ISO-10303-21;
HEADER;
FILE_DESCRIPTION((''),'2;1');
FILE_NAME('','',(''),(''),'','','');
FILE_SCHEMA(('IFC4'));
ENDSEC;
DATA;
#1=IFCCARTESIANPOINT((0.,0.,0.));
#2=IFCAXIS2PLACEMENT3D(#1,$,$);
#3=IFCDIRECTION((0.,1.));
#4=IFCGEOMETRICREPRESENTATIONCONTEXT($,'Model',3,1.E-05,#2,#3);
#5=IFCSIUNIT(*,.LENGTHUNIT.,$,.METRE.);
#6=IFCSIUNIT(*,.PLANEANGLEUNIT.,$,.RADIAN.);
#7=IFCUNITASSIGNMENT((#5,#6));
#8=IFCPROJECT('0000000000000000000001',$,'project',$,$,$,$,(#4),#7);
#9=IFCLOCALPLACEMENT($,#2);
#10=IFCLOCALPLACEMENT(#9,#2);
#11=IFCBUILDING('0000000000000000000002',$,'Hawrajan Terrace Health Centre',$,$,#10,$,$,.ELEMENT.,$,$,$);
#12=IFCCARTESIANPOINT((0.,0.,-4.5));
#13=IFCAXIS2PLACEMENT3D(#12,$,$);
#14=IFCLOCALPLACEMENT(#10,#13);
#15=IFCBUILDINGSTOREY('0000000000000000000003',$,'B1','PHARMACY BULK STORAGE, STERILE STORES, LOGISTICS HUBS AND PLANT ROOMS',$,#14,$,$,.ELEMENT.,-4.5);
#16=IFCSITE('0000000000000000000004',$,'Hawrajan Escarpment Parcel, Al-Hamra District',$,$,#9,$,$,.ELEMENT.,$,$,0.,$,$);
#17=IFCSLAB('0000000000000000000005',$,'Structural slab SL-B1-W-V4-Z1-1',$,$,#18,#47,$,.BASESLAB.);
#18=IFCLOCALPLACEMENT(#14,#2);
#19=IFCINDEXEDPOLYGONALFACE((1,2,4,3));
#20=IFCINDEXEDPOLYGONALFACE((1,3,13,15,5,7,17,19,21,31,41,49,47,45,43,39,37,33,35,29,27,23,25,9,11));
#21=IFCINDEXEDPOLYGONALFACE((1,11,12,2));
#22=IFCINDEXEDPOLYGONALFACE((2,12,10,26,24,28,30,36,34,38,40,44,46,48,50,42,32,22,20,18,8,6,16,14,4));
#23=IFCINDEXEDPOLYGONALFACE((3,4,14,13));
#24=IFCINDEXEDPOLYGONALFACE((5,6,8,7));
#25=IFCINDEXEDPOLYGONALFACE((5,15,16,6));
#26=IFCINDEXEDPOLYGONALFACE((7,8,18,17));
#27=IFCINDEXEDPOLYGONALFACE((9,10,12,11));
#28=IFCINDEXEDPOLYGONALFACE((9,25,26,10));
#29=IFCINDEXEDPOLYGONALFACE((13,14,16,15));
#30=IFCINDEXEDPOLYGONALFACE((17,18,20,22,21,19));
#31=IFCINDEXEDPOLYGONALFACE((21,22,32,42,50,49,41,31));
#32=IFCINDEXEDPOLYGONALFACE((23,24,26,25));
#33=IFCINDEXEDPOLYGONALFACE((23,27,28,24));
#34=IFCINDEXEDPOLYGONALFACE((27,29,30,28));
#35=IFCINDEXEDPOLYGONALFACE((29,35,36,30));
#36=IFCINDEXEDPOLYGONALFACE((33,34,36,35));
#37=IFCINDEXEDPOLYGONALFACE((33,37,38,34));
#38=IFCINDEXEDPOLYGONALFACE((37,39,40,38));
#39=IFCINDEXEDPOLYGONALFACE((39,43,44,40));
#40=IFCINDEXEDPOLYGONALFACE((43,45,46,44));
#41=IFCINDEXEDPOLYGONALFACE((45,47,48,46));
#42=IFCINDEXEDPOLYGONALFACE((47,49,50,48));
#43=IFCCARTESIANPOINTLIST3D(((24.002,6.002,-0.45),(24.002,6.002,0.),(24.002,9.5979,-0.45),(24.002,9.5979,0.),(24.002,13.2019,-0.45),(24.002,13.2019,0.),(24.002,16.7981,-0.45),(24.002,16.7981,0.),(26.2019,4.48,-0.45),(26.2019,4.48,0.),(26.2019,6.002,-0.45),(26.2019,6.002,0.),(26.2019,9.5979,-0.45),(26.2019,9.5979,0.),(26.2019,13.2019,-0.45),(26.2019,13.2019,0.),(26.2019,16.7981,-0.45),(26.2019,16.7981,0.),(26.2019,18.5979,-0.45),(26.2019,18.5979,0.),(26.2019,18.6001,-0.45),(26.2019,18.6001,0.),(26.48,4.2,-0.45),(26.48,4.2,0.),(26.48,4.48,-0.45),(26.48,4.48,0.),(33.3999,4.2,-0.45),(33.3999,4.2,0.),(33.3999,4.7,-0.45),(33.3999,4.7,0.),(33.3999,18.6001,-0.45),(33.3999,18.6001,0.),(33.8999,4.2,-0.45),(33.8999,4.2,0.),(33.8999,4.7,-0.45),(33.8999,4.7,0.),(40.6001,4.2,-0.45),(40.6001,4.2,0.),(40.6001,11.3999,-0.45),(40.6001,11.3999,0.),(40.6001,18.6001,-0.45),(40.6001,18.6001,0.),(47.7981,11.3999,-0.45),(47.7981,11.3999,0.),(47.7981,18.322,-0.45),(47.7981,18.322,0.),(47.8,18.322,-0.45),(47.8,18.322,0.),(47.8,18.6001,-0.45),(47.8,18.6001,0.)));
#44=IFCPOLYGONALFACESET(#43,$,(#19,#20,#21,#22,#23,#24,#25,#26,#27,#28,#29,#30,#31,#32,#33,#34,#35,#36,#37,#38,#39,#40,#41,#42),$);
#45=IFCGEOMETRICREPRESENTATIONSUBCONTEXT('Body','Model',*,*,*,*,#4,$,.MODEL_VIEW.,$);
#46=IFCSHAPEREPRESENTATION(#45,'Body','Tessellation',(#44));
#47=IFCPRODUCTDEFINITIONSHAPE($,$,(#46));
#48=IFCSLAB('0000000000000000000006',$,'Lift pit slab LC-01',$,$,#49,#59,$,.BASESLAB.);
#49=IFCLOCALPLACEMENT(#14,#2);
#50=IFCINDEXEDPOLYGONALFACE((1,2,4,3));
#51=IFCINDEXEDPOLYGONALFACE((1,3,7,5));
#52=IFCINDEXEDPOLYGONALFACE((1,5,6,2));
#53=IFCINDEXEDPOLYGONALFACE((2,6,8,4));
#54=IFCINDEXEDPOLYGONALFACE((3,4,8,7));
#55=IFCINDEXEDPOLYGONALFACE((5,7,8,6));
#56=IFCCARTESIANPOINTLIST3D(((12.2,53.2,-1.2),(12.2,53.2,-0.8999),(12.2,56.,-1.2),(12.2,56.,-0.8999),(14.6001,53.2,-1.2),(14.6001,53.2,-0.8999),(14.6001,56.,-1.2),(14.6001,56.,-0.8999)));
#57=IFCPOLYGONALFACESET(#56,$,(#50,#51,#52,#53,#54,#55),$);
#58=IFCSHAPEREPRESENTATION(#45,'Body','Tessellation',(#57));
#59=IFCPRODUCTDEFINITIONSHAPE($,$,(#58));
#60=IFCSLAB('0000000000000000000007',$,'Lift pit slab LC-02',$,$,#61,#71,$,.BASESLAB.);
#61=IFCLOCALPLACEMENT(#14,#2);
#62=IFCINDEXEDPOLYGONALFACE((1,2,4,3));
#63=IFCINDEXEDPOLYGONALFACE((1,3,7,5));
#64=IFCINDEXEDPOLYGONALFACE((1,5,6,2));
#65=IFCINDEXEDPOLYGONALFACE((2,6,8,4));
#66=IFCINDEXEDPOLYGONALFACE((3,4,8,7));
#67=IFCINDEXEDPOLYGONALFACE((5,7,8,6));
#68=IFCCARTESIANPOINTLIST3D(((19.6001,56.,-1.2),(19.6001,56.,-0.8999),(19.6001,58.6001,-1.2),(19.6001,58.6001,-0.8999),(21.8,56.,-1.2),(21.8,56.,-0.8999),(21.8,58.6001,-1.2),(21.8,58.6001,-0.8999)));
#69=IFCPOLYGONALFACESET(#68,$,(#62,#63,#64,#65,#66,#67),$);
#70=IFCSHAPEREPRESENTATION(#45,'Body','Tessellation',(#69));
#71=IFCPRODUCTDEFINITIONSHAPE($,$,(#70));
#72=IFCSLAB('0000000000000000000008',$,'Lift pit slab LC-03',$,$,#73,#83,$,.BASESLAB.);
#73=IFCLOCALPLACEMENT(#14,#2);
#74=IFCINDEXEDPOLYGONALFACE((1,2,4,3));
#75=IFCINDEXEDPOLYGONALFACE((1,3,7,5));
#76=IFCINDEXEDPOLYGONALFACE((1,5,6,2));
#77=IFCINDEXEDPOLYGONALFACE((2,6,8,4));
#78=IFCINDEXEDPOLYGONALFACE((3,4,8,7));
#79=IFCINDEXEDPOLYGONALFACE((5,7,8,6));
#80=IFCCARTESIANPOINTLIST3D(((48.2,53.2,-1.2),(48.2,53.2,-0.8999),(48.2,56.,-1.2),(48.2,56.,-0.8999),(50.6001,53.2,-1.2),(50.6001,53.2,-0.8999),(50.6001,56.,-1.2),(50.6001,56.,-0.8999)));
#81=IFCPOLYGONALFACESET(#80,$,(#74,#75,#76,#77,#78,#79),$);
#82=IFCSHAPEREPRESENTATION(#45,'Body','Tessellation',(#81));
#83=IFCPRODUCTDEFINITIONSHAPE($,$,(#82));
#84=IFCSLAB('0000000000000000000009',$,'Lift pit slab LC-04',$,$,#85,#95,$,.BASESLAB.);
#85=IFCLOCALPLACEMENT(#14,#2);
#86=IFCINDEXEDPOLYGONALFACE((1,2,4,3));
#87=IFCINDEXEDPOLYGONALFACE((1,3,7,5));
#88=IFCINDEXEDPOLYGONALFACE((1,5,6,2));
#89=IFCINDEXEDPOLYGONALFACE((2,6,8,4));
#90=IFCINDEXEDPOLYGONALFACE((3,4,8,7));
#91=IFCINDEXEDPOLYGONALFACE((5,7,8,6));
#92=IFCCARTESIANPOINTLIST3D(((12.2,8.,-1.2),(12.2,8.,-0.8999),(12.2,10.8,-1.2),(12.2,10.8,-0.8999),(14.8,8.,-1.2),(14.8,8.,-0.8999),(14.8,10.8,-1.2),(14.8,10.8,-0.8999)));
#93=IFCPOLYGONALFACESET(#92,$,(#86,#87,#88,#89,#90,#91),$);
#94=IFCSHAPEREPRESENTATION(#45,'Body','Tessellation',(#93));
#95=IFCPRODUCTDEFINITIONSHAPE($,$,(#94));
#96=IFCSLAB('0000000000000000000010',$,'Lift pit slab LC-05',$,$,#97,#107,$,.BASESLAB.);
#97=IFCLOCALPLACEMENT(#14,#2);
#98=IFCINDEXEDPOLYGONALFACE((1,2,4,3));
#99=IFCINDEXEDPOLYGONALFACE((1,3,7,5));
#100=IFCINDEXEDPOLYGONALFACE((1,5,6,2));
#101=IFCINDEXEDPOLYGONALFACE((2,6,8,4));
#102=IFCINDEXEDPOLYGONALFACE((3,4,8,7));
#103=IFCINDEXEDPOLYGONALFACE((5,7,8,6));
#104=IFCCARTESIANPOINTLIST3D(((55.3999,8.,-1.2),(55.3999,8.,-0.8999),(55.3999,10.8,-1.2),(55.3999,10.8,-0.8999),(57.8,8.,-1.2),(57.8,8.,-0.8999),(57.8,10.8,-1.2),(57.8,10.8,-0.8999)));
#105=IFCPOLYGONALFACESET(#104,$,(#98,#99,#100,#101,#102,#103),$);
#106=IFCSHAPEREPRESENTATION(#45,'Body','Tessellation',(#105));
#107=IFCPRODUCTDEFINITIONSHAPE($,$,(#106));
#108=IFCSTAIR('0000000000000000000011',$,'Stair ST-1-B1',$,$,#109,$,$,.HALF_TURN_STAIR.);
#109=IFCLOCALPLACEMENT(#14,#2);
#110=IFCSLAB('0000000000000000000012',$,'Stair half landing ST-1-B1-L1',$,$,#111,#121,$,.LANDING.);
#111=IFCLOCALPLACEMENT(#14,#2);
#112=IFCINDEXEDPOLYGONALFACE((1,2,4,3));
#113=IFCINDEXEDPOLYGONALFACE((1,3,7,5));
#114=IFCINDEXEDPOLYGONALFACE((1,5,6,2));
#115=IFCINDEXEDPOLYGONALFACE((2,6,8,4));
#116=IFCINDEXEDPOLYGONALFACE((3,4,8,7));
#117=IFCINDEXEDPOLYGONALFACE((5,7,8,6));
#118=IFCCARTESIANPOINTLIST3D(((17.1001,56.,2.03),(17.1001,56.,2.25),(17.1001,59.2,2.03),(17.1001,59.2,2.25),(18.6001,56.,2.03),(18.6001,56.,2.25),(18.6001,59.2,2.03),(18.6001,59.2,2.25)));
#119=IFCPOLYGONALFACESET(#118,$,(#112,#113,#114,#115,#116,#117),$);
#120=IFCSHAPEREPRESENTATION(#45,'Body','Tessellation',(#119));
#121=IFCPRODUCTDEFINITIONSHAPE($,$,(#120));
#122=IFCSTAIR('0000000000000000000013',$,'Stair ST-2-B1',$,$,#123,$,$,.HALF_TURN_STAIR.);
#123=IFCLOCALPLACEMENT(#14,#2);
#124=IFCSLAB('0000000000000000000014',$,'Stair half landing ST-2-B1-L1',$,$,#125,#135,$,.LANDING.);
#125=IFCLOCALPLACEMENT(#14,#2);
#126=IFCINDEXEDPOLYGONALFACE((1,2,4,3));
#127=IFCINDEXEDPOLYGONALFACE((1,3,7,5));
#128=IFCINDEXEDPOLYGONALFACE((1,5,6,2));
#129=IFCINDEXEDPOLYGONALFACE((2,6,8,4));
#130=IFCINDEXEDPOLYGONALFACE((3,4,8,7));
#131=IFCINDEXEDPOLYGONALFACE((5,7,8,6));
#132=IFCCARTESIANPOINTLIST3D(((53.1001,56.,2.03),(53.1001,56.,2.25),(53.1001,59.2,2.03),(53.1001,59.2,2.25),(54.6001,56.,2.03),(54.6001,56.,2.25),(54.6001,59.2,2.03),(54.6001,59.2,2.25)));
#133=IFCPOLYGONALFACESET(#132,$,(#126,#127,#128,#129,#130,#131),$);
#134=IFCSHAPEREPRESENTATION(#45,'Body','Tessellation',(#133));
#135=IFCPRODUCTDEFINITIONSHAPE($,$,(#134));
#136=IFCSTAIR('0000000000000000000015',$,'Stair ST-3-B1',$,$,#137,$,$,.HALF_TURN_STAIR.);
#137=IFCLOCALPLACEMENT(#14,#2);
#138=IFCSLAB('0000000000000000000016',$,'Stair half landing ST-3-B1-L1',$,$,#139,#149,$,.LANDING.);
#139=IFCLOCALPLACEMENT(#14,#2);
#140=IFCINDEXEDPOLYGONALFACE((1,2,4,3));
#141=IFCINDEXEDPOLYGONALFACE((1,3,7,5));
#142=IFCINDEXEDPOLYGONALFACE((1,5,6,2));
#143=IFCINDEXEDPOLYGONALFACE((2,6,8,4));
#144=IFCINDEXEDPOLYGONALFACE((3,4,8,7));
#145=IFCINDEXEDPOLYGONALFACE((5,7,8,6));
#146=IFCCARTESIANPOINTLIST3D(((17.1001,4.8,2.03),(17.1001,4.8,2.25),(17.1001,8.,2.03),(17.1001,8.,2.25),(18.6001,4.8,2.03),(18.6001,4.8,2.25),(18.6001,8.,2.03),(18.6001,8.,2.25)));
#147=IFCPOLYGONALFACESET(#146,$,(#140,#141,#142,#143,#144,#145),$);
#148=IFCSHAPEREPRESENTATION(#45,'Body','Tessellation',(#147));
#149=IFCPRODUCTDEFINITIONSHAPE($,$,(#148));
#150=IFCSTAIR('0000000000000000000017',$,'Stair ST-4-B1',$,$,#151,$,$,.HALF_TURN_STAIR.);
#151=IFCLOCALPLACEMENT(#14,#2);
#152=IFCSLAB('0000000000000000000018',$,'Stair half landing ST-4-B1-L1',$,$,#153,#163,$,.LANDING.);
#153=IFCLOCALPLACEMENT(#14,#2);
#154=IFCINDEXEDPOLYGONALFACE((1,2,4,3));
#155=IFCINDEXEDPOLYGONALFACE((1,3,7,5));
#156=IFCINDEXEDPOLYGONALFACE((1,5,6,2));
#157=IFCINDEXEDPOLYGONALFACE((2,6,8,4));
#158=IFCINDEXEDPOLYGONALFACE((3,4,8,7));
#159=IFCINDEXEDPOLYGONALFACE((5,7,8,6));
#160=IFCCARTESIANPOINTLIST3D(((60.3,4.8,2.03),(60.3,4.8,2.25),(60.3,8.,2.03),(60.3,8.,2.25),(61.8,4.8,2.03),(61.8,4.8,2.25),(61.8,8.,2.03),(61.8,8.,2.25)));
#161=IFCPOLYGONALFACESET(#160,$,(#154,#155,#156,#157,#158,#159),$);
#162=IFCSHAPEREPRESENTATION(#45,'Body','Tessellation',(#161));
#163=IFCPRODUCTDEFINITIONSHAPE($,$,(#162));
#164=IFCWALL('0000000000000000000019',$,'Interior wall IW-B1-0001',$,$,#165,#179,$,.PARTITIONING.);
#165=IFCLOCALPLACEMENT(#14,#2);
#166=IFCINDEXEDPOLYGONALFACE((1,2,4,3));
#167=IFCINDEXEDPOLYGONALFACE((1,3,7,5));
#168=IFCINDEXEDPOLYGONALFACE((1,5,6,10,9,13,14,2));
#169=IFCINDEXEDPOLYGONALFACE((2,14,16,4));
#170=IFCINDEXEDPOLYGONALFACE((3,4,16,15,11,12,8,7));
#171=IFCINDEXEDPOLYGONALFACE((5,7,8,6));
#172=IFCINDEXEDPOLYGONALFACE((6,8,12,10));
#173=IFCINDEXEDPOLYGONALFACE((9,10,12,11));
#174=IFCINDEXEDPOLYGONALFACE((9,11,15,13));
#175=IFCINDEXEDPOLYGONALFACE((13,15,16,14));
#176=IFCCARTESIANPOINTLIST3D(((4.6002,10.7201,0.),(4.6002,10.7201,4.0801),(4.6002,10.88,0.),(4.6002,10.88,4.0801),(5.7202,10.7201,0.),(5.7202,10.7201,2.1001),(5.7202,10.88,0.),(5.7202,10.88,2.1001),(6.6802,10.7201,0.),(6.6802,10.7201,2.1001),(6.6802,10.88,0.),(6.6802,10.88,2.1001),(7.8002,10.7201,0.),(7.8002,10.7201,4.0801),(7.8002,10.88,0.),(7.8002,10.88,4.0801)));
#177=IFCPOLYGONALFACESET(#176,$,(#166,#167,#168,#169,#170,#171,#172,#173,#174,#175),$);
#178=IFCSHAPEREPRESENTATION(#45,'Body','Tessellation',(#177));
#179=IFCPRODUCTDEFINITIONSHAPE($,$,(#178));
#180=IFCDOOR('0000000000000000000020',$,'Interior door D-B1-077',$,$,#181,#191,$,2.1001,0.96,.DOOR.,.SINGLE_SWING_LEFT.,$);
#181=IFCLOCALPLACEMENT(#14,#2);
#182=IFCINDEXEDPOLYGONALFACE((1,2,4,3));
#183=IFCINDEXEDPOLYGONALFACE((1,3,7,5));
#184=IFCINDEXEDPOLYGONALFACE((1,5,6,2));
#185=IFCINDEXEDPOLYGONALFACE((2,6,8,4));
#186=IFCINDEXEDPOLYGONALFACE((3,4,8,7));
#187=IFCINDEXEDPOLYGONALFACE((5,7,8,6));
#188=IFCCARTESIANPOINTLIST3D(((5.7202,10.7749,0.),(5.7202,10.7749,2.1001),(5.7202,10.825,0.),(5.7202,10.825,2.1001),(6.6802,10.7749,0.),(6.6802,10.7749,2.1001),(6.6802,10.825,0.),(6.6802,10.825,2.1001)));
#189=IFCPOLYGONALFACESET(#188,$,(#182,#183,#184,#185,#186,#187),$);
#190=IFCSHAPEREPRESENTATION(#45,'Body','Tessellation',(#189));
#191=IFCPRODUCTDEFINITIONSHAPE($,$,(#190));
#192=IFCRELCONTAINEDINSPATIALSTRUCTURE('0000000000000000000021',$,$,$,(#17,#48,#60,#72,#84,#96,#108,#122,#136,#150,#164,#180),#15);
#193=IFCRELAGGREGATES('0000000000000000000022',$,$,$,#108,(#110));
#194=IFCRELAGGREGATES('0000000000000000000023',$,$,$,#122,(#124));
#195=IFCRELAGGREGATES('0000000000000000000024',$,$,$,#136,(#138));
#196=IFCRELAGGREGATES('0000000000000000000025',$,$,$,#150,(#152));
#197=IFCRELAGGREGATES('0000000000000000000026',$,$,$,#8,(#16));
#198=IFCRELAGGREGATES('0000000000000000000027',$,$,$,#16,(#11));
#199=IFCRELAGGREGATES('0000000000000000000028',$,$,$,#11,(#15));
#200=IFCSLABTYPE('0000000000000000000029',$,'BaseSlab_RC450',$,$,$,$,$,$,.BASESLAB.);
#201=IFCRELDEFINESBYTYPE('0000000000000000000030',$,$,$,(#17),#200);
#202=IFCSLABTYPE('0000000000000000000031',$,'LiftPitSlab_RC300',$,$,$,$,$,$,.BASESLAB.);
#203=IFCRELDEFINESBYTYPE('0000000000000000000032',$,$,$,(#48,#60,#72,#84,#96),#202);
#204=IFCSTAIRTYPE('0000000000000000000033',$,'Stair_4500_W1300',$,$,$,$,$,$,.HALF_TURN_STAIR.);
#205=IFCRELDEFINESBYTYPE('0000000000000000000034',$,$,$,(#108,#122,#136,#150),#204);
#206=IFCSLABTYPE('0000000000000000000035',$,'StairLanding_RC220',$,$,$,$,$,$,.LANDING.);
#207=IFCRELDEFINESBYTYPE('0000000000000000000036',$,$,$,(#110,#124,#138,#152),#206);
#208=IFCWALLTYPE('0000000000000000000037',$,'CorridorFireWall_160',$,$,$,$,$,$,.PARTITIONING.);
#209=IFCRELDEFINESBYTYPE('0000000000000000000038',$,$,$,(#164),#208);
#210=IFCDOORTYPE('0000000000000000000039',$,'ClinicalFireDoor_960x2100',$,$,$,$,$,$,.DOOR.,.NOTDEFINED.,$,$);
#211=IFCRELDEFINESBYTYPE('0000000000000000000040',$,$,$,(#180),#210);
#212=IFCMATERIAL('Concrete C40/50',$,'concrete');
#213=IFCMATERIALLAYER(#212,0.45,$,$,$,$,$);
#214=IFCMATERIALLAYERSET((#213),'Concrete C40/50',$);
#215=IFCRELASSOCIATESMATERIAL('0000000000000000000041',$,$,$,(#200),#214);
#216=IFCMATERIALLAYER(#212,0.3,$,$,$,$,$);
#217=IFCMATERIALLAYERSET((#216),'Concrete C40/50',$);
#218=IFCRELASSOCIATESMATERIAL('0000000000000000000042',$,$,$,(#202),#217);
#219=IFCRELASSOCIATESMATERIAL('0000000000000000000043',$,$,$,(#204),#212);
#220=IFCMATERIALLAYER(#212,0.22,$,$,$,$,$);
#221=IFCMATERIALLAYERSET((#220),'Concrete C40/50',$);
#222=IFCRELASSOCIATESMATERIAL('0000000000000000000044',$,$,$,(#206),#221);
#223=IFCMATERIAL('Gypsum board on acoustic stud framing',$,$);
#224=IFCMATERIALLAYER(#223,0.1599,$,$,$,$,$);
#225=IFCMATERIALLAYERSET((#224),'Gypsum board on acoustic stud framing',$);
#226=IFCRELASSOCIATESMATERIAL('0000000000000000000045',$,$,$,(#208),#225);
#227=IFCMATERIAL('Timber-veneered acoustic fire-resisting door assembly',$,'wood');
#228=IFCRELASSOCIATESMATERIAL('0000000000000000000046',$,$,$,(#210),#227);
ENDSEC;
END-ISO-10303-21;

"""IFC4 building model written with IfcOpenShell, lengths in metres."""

from ifc_helpers import new_model, si_unit, direction, frame, frame_2d, origin, place, context, subcontext, project, spatial, polyline, rectangle, outline, extrude, material, layer, layer_set, type_object, element, fill, aggregate, save


model = new_model("IFC4")

# Units and contexts
model_context = context("Model", 3, precision=1e-05, world=origin(), true_north=direction((0.0, 1.0)))
body_context = subcontext(model_context, "Body", "Model", "MODEL_VIEW")
ifc_project = project(units=[si_unit("LENGTHUNIT", "METRE"), si_unit("PLANEANGLEUNIT", "RADIAN")], contexts=[model_context])

# Site, building, storey
site_placement = place(None, origin())
site = spatial("IfcSite", under=ifc_project, at=site_placement, Name="Hawrajan Escarpment Parcel, Al-Hamra District", CompositionType="ELEMENT", RefElevation=0.0)
building_placement = place(site_placement, origin())
building = spatial("IfcBuilding", under=site, at=building_placement, Name="Hawrajan Terrace Health Centre", CompositionType="ELEMENT")
storey_placement = place(building_placement, frame((0.0, 0.0, -4.5)))
storey = spatial("IfcBuildingStorey", under=building, at=storey_placement, Name="B1", Description="PHARMACY BULK STORAGE, STERILE STORES, LOGISTICS HUBS AND PLANT ROOMS", CompositionType="ELEMENT", Elevation=-4.5)

# Shared definitions
ifc_material_1 = material(Name="Concrete C40/50", Category="concrete")

# Slabs
ifc_layer_1 = layer(ifc_material_1, 0.45)
ifc_layer_set_1 = layer_set([ifc_layer_1], Name="Concrete C40/50")
slab_type_1 = type_object("IfcSlabType", Name="BaseSlab_RC450", PredefinedType="BASESLAB", material=ifc_layer_set_1)
slab_1_placement = place(storey_placement, frame((0.0, 0.0, -0.45)))
element("IfcSlab", 1, at=slab_1_placement, inside=storey, type_object=slab_type_1, Name="Structural slab SL-B1-W-V4-Z1-1", PredefinedType="BASESLAB", context=body_context, shape_type="SweptSolid", body=[
    extrude(outline(polyline([(33.3999, 18.6001), (40.6001, 18.6001), (47.8, 18.6001), (47.8, 18.322), (47.7981, 18.322), (47.7981, 11.3999), (40.6001, 11.3999), (40.6001, 4.2), (33.8999, 4.2), (33.8999, 4.7), (33.3999, 4.7), (33.3999, 4.2), (26.48, 4.2), (26.48, 4.48), (26.2019, 4.48), (26.2019, 6.002), (24.002, 6.002), (24.002, 9.5979), (26.2019, 9.5979), (26.2019, 13.2019), (24.002, 13.2019), (24.002, 16.7981), (26.2019, 16.7981), (26.2019, 18.5979), (26.2019, 18.6001), (33.3999, 18.6001)])), origin(), (0.0, 0.0, 1.0), 0.45),
])
ifc_layer_2 = layer(ifc_material_1, 0.3)
ifc_layer_set_2 = layer_set([ifc_layer_2], Name="Concrete C40/50")
slab_type_2 = type_object("IfcSlabType", Name="LiftPitSlab_RC300", PredefinedType="BASESLAB", material=ifc_layer_set_2)
slab_2_placement = place(storey_placement, frame((0.0, 0.0, -1.2)))
element("IfcSlab", 2, at=slab_2_placement, inside=storey, type_object=slab_type_2, Name="Lift pit slab LC-01", PredefinedType="BASESLAB", context=body_context, shape_type="SweptSolid", body=[
    extrude(outline(polyline([(12.2, 53.2), (14.6001, 53.2), (14.6001, 56.0), (12.2, 56.0), (12.2, 53.2)])), origin(), (0.0, 0.0, 1.0), 0.3),
])
slab_3_placement = place(storey_placement, frame((0.0, 0.0, -1.2)))
element("IfcSlab", 3, at=slab_3_placement, inside=storey, type_object=slab_type_2, Name="Lift pit slab LC-02", PredefinedType="BASESLAB", context=body_context, shape_type="SweptSolid", body=[
    extrude(outline(polyline([(19.6001, 56.0), (21.8, 56.0), (21.8, 58.6001), (19.6001, 58.6001), (19.6001, 56.0)])), origin(), (0.0, 0.0, 1.0), 0.3),
])
slab_4_placement = place(storey_placement, frame((0.0, 0.0, -1.2)))
element("IfcSlab", 4, at=slab_4_placement, inside=storey, type_object=slab_type_2, Name="Lift pit slab LC-03", PredefinedType="BASESLAB", context=body_context, shape_type="SweptSolid", body=[
    extrude(outline(polyline([(48.2, 53.2), (50.6001, 53.2), (50.6001, 56.0), (48.2, 56.0), (48.2, 53.2)])), origin(), (0.0, 0.0, 1.0), 0.3),
])
slab_5_placement = place(storey_placement, frame((0.0, 0.0, -1.2)))
element("IfcSlab", 5, at=slab_5_placement, inside=storey, type_object=slab_type_2, Name="Lift pit slab LC-04", PredefinedType="BASESLAB", context=body_context, shape_type="SweptSolid", body=[
    extrude(outline(polyline([(12.2, 8.0), (14.8, 8.0), (14.8, 10.8), (12.2, 10.8), (12.2, 8.0)])), origin(), (0.0, 0.0, 1.0), 0.3),
])
slab_6_placement = place(storey_placement, frame((0.0, 0.0, -1.2)))
element("IfcSlab", 6, at=slab_6_placement, inside=storey, type_object=slab_type_2, Name="Lift pit slab LC-05", PredefinedType="BASESLAB", context=body_context, shape_type="SweptSolid", body=[
    extrude(outline(polyline([(55.3999, 8.0), (57.8, 8.0), (57.8, 10.8), (55.3999, 10.8), (55.3999, 8.0)])), origin(), (0.0, 0.0, 1.0), 0.3),
])

# Stairs, slabs
stair_type = type_object("IfcStairType", Name="Stair_4500_W1300", PredefinedType="HALF_TURN_STAIR", material=ifc_material_1)
stair_1_placement = place(storey_placement, origin())
stair_1 = element("IfcStair", 7, at=stair_1_placement, inside=storey, type_object=stair_type, Name="Stair ST-1-B1", PredefinedType="HALF_TURN_STAIR")
ifc_layer_3 = layer(ifc_material_1, 0.22)
ifc_layer_set_3 = layer_set([ifc_layer_3], Name="Concrete C40/50")
slab_type_3 = type_object("IfcSlabType", Name="StairLanding_RC220", PredefinedType="LANDING", material=ifc_layer_set_3)
slab_7_placement = place(storey_placement, frame((0.0, 0.0, 2.03)))
slab_7 = element("IfcSlab", 8, at=slab_7_placement, type_object=slab_type_3, Name="Stair half landing ST-1-B1-L1", PredefinedType="LANDING", context=body_context, shape_type="SweptSolid", body=[
    extrude(outline(polyline([(17.1001, 56.0), (18.6001, 56.0), (18.6001, 59.2), (17.1001, 59.2), (17.1001, 56.0)])), origin(), (0.0, 0.0, 1.0), 0.22),
])
aggregate(stair_1, [slab_7])
stair_2_placement = place(storey_placement, origin())
stair_2 = element("IfcStair", 9, at=stair_2_placement, inside=storey, type_object=stair_type, Name="Stair ST-2-B1", PredefinedType="HALF_TURN_STAIR")
slab_8_placement = place(storey_placement, frame((0.0, 0.0, 2.03)))
slab_8 = element("IfcSlab", 10, at=slab_8_placement, type_object=slab_type_3, Name="Stair half landing ST-2-B1-L1", PredefinedType="LANDING", context=body_context, shape_type="SweptSolid", body=[
    extrude(outline(polyline([(53.1001, 56.0), (54.6001, 56.0), (54.6001, 59.2), (53.1001, 59.2), (53.1001, 56.0)])), origin(), (0.0, 0.0, 1.0), 0.22),
])
aggregate(stair_2, [slab_8])
stair_3_placement = place(storey_placement, origin())
stair_3 = element("IfcStair", 11, at=stair_3_placement, inside=storey, type_object=stair_type, Name="Stair ST-3-B1", PredefinedType="HALF_TURN_STAIR")
slab_9_placement = place(storey_placement, frame((0.0, 0.0, 2.03)))
slab_9 = element("IfcSlab", 12, at=slab_9_placement, type_object=slab_type_3, Name="Stair half landing ST-3-B1-L1", PredefinedType="LANDING", context=body_context, shape_type="SweptSolid", body=[
    extrude(outline(polyline([(17.1001, 4.8), (18.6001, 4.8), (18.6001, 8.0), (17.1001, 8.0), (17.1001, 4.8)])), origin(), (0.0, 0.0, 1.0), 0.22),
])
aggregate(stair_3, [slab_9])
stair_4_placement = place(storey_placement, origin())
stair_4 = element("IfcStair", 13, at=stair_4_placement, inside=storey, type_object=stair_type, Name="Stair ST-4-B1", PredefinedType="HALF_TURN_STAIR")
slab_10_placement = place(storey_placement, frame((0.0, 0.0, 2.03)))
slab_10 = element("IfcSlab", 14, at=slab_10_placement, type_object=slab_type_3, Name="Stair half landing ST-4-B1-L1", PredefinedType="LANDING", context=body_context, shape_type="SweptSolid", body=[
    extrude(outline(polyline([(60.3, 4.8), (61.8, 4.8), (61.8, 8.0), (60.3, 8.0), (60.3, 4.8)])), origin(), (0.0, 0.0, 1.0), 0.22),
])
aggregate(stair_4, [slab_10])

# Wall, opening, door
ifc_material_2 = material(Name="Gypsum board on acoustic stud framing")
ifc_layer_4 = layer(ifc_material_2, 0.1599)
ifc_layer_set_4 = layer_set([ifc_layer_4], Name="Gypsum board on acoustic stud framing")
wall_type_1 = type_object("IfcWallType", Name="CorridorFireWall_160", PredefinedType="PARTITIONING", material=ifc_layer_set_4)
wall_1_placement = place(storey_placement, frame((4.6001, 10.8, 0.0), z_axis=(0.0, 0.0, 1.0), x_axis=(1.0, 0.0, 0.0)))
wall_1 = element("IfcWall", 15, at=wall_1_placement, inside=storey, type_object=wall_type_1, Name="Interior wall IW-B1-0001", PredefinedType="PARTITIONING", context=body_context, shape_type="SweptSolid", body=[
    extrude(rectangle(XDim=3.2, YDim=0.1599, at=frame_2d((1.6001, 0.0))), origin(), (0.0, 0.0, 1.0), 4.0801),
])
opening_placement = place(wall_1_placement, frame((1.1201, 0.0, 0.0)))
opening = element("IfcOpeningElement", 16, at=opening_placement, cuts=wall_1, PredefinedType="OPENING", context=body_context, shape_type="SweptSolid", body=[
    extrude(rectangle(XDim=0.96, YDim=2.1001, at=frame_2d((0.48, 1.05))), frame((0.0, 0.0898, 0.0), z_axis=(0.0, -1.0, 0.0), x_axis=(1.0, 0.0, 0.0)), (0.0, 0.0, 1.0), 0.1799),
])
ifc_material_3 = material(Name="Timber-veneered acoustic fire-resisting door assembly", Category="wood")
door_type = type_object("IfcDoorType", Name="ClinicalFireDoor_960x2100", OperationType="NOTDEFINED", PredefinedType="DOOR", material=ifc_material_3)
door_placement = place(opening_placement, origin())
door = element("IfcDoor", 17, at=door_placement, inside=storey, type_object=door_type, Name="Interior door D-B1-077", OperationType="SINGLE_SWING_LEFT", OverallHeight=2.1001, OverallWidth=0.96, PredefinedType="DOOR", context=body_context, shape_type="SweptSolid", body=[
    extrude(rectangle(XDim=0.96, YDim=2.1001, at=frame_2d((0.48, 1.05))), frame((0.0, 0.0249, 0.0), z_axis=(0.0, -1.0, 0.0), x_axis=(1.0, 0.0, 0.0)), (0.0, 0.0, 1.0), 0.05),
])
fill(opening, door)

save(model, "model.ifc")
